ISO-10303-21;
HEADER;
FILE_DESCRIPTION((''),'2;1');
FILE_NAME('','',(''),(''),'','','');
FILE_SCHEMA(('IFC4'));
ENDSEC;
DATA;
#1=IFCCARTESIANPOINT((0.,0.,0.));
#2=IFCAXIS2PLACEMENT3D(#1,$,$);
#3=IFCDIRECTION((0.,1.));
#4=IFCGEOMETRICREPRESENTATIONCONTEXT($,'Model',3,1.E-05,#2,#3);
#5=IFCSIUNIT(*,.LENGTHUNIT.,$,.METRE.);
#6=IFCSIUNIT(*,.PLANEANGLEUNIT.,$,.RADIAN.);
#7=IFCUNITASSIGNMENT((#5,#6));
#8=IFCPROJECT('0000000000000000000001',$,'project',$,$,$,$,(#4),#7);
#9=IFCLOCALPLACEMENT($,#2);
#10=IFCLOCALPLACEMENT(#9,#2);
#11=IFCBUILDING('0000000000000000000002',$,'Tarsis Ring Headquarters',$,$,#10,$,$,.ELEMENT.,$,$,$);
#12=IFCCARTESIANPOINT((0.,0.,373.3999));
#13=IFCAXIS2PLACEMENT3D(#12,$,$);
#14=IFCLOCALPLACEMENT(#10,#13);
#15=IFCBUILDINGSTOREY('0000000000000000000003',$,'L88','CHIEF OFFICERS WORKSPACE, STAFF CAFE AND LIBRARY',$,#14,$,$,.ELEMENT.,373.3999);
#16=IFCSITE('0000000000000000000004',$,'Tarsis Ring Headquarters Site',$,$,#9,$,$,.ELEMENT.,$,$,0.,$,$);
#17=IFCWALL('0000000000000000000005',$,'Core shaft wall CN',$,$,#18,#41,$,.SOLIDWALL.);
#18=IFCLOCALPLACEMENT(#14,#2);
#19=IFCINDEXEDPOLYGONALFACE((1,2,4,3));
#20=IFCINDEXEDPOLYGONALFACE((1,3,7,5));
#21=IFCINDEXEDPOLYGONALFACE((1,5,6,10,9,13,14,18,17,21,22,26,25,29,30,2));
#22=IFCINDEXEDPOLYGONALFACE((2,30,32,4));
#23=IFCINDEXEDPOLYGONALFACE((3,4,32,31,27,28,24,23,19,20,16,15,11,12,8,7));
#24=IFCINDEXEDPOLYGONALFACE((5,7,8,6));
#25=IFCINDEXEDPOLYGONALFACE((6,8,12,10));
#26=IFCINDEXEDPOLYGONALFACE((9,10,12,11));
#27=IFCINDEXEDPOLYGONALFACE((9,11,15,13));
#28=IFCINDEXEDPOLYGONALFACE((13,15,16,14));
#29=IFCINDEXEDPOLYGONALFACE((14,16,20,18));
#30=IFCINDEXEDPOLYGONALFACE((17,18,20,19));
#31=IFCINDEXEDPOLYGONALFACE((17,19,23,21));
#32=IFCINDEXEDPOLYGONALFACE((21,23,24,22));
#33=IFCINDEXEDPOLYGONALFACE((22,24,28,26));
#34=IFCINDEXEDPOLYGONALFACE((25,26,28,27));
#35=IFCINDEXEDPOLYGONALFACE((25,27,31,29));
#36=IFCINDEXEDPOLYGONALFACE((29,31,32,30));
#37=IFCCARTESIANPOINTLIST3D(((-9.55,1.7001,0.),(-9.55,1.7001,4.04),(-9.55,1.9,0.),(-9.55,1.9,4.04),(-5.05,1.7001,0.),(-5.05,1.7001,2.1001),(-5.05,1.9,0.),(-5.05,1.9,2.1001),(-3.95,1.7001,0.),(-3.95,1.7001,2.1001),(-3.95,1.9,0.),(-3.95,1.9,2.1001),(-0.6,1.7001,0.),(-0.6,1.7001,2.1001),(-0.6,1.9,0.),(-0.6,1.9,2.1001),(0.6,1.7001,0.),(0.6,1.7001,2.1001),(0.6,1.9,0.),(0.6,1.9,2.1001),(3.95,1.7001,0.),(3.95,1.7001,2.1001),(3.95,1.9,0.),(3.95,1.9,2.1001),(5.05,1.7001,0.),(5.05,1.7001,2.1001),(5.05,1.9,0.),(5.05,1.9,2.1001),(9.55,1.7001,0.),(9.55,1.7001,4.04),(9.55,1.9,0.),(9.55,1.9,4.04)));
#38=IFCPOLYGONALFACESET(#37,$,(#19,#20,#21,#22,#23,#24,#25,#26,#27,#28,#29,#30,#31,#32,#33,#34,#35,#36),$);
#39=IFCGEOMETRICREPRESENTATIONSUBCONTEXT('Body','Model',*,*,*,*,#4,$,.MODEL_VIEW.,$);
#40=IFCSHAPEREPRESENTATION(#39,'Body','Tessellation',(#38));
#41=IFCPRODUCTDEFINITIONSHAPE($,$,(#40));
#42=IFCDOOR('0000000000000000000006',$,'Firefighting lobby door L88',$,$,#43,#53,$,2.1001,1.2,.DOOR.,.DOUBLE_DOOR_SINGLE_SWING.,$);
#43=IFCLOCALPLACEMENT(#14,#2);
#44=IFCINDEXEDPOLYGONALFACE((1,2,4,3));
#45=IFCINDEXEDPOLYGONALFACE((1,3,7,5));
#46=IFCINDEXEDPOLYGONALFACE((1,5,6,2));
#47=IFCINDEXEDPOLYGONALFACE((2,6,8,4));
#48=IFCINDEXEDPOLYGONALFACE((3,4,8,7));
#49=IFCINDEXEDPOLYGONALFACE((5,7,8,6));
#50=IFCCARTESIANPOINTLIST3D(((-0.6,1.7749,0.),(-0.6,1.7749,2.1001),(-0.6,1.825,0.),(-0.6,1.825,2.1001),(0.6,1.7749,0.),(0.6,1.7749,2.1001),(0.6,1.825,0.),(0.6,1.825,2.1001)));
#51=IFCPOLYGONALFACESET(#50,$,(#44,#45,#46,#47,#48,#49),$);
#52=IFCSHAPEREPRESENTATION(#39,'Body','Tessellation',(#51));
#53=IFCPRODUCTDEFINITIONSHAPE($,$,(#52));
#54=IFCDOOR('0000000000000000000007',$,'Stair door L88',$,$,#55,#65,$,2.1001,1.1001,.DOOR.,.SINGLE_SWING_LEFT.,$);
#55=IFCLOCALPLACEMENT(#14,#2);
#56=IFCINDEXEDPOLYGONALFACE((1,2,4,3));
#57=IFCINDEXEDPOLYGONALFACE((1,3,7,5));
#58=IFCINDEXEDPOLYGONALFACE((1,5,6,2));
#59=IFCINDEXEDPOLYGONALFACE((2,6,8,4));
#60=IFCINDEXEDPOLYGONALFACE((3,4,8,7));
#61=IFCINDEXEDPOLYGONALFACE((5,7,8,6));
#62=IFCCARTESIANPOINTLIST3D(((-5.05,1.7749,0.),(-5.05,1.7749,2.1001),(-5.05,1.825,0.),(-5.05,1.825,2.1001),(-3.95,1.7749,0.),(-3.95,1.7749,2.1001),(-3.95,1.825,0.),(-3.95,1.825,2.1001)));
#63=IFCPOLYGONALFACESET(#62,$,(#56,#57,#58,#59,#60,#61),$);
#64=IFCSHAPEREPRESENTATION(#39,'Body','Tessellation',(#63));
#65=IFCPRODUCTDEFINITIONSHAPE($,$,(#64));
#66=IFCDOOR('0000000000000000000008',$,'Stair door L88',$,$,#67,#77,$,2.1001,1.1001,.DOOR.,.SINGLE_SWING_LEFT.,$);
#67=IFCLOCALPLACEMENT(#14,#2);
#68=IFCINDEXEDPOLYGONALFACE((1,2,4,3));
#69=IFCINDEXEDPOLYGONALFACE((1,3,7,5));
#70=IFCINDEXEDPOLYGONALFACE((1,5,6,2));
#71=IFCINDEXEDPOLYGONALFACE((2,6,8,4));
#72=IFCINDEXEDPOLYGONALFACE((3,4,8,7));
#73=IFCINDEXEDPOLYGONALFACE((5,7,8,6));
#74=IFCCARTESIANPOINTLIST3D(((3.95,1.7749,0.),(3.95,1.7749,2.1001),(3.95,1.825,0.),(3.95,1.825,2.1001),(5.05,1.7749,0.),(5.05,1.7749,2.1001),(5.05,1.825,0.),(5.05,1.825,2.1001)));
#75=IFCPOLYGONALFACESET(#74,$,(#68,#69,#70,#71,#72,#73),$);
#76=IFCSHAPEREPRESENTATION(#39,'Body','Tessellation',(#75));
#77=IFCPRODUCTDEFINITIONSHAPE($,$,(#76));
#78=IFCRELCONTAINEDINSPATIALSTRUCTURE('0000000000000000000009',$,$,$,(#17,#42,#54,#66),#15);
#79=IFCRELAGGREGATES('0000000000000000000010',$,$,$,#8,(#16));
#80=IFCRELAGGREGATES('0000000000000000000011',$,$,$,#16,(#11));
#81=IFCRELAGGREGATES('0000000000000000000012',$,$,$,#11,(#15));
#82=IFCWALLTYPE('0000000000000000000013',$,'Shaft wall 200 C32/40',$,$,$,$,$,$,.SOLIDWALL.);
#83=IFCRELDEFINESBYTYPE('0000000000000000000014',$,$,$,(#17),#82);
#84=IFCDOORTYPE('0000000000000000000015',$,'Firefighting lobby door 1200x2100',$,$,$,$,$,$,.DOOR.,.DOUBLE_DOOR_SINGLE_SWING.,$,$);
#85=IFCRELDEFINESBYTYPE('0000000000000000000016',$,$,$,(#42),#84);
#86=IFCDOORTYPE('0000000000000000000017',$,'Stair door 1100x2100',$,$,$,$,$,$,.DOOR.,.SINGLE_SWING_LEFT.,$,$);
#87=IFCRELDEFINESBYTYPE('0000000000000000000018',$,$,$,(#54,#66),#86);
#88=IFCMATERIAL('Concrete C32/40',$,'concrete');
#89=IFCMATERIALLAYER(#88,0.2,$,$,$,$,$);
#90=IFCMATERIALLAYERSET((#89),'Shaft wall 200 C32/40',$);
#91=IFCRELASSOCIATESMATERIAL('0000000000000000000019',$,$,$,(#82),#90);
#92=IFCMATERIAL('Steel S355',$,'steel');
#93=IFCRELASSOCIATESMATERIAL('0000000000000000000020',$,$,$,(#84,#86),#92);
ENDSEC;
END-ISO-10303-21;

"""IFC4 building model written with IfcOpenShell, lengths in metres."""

from ifc_helpers import new_model, si_unit, direction, frame, frame_2d, origin, place, context, subcontext, project, spatial, rectangle, extrude, material, layer, layer_set, type_object, element, fill, save


model = new_model("IFC4")

# Units and contexts
model_context = context("Model", 3, precision=1e-05, world=origin(), true_north=direction((0.0, 1.0)))
body_context = subcontext(model_context, "Body", "Model", "MODEL_VIEW")
ifc_project = project(units=[si_unit("LENGTHUNIT", "METRE"), si_unit("PLANEANGLEUNIT", "RADIAN")], contexts=[model_context])

# Site, building, storey
site_placement = place(None, origin())
site = spatial("IfcSite", under=ifc_project, at=site_placement, Name="Tarsis Ring Headquarters Site", CompositionType="ELEMENT", RefElevation=0.0)
building_placement = place(site_placement, origin())
building = spatial("IfcBuilding", under=site, at=building_placement, Name="Tarsis Ring Headquarters", CompositionType="ELEMENT")
storey_placement = place(building_placement, frame((0.0, 0.0, 373.3999)))
storey = spatial("IfcBuildingStorey", under=building, at=storey_placement, Name="L88", Description="CHIEF OFFICERS WORKSPACE, STAFF CAFE AND LIBRARY", CompositionType="ELEMENT", Elevation=373.3999)

# Wall, openings, doors
ifc_material_1 = material(Name="Concrete C32/40", Category="concrete")
ifc_layer_1 = layer(ifc_material_1, 0.2)
ifc_layer_set_1 = layer_set([ifc_layer_1], Name="Shaft wall 200 C32/40")
wall_type_1 = type_object("IfcWallType", Name="Shaft wall 200 C32/40", PredefinedType="SOLIDWALL", material=ifc_layer_set_1)
wall_1_placement = place(storey_placement, frame((-9.55, 1.8, 0.0), z_axis=(0.0, 0.0, 1.0), x_axis=(1.0, 0.0, 0.0)))
wall_1 = element("IfcWall", 1, at=wall_1_placement, inside=storey, type_object=wall_type_1, Name="Core shaft wall CN", PredefinedType="SOLIDWALL", context=body_context, shape_type="SweptSolid", body=[
    extrude(rectangle(XDim=19.1001, YDim=0.2, at=frame_2d((9.55, 0.0))), origin(), (0.0, 0.0, 1.0), 4.04),
])
opening_1_placement = place(wall_1_placement, frame((4.5, 0.0, 0.0)))
opening_1 = element("IfcOpeningElement", 2, at=opening_1_placement, cuts=wall_1, PredefinedType="OPENING", context=body_context, shape_type="SweptSolid", body=[
    extrude(rectangle(XDim=1.1001, YDim=2.1001, at=frame_2d((0.55, 1.05))), frame((0.0, 0.1099, 0.0), z_axis=(0.0, -1.0, 0.0), x_axis=(1.0, 0.0, 0.0)), (0.0, 0.0, 1.0), 0.22),
])
opening_2_placement = place(wall_1_placement, frame((8.95, 0.0, 0.0)))
opening_2 = element("IfcOpeningElement", 3, at=opening_2_placement, cuts=wall_1, PredefinedType="OPENING", context=body_context, shape_type="SweptSolid", body=[
    extrude(rectangle(XDim=1.2, YDim=2.1001, at=frame_2d((0.6001, 1.05))), frame((0.0, 0.1099, 0.0), z_axis=(0.0, -1.0, 0.0), x_axis=(1.0, 0.0, 0.0)), (0.0, 0.0, 1.0), 0.22),
])
opening_3_placement = place(wall_1_placement, frame((13.5, 0.0, 0.0)))
opening_3 = element("IfcOpeningElement", 4, at=opening_3_placement, cuts=wall_1, PredefinedType="OPENING", context=body_context, shape_type="SweptSolid", body=[
    extrude(rectangle(XDim=1.1001, YDim=2.1001, at=frame_2d((0.55, 1.05))), frame((0.0, 0.1099, 0.0), z_axis=(0.0, -1.0, 0.0), x_axis=(1.0, 0.0, 0.0)), (0.0, 0.0, 1.0), 0.22),
])
ifc_material_2 = material(Name="Steel S355", Category="steel")
door_type_1 = type_object("IfcDoorType", Name="Firefighting lobby door 1200x2100", OperationType="DOUBLE_DOOR_SINGLE_SWING", PredefinedType="DOOR", material=ifc_material_2)
door_1_placement = place(opening_2_placement, origin())
door_1 = element("IfcDoor", 5, at=door_1_placement, inside=storey, type_object=door_type_1, Name="Firefighting lobby door L88", OperationType="DOUBLE_DOOR_SINGLE_SWING", OverallHeight=2.1001, OverallWidth=1.2, PredefinedType="DOOR", context=body_context, shape_type="SweptSolid", body=[
    extrude(rectangle(XDim=1.2, YDim=2.1001, at=frame_2d((0.6001, 1.05))), frame((0.0, 0.0249, 0.0), z_axis=(0.0, -1.0, 0.0), x_axis=(1.0, 0.0, 0.0)), (0.0, 0.0, 1.0), 0.05),
])
fill(opening_2, door_1)
door_type_2 = type_object("IfcDoorType", Name="Stair door 1100x2100", OperationType="SINGLE_SWING_LEFT", PredefinedType="DOOR", material=ifc_material_2)
door_2_placement = place(opening_1_placement, origin())
door_2 = element("IfcDoor", 6, at=door_2_placement, inside=storey, type_object=door_type_2, Name="Stair door L88", OperationType="SINGLE_SWING_LEFT", OverallHeight=2.1001, OverallWidth=1.1001, PredefinedType="DOOR", context=body_context, shape_type="SweptSolid", body=[
    extrude(rectangle(XDim=1.1001, YDim=2.1001, at=frame_2d((0.55, 1.05))), frame((0.0, 0.0249, 0.0), z_axis=(0.0, -1.0, 0.0), x_axis=(1.0, 0.0, 0.0)), (0.0, 0.0, 1.0), 0.05),
])
fill(opening_1, door_2)
door_3_placement = place(opening_3_placement, origin())
door_3 = element("IfcDoor", 7, at=door_3_placement, inside=storey, type_object=door_type_2, Name="Stair door L88", OperationType="SINGLE_SWING_LEFT", OverallHeight=2.1001, OverallWidth=1.1001, PredefinedType="DOOR", context=body_context, shape_type="SweptSolid", body=[
    extrude(rectangle(XDim=1.1001, YDim=2.1001, at=frame_2d((0.55, 1.05))), frame((0.0, 0.0249, 0.0), z_axis=(0.0, -1.0, 0.0), x_axis=(1.0, 0.0, 0.0)), (0.0, 0.0, 1.0), 0.05),
])
fill(opening_3, door_3)

save(model, "model.ifc")
